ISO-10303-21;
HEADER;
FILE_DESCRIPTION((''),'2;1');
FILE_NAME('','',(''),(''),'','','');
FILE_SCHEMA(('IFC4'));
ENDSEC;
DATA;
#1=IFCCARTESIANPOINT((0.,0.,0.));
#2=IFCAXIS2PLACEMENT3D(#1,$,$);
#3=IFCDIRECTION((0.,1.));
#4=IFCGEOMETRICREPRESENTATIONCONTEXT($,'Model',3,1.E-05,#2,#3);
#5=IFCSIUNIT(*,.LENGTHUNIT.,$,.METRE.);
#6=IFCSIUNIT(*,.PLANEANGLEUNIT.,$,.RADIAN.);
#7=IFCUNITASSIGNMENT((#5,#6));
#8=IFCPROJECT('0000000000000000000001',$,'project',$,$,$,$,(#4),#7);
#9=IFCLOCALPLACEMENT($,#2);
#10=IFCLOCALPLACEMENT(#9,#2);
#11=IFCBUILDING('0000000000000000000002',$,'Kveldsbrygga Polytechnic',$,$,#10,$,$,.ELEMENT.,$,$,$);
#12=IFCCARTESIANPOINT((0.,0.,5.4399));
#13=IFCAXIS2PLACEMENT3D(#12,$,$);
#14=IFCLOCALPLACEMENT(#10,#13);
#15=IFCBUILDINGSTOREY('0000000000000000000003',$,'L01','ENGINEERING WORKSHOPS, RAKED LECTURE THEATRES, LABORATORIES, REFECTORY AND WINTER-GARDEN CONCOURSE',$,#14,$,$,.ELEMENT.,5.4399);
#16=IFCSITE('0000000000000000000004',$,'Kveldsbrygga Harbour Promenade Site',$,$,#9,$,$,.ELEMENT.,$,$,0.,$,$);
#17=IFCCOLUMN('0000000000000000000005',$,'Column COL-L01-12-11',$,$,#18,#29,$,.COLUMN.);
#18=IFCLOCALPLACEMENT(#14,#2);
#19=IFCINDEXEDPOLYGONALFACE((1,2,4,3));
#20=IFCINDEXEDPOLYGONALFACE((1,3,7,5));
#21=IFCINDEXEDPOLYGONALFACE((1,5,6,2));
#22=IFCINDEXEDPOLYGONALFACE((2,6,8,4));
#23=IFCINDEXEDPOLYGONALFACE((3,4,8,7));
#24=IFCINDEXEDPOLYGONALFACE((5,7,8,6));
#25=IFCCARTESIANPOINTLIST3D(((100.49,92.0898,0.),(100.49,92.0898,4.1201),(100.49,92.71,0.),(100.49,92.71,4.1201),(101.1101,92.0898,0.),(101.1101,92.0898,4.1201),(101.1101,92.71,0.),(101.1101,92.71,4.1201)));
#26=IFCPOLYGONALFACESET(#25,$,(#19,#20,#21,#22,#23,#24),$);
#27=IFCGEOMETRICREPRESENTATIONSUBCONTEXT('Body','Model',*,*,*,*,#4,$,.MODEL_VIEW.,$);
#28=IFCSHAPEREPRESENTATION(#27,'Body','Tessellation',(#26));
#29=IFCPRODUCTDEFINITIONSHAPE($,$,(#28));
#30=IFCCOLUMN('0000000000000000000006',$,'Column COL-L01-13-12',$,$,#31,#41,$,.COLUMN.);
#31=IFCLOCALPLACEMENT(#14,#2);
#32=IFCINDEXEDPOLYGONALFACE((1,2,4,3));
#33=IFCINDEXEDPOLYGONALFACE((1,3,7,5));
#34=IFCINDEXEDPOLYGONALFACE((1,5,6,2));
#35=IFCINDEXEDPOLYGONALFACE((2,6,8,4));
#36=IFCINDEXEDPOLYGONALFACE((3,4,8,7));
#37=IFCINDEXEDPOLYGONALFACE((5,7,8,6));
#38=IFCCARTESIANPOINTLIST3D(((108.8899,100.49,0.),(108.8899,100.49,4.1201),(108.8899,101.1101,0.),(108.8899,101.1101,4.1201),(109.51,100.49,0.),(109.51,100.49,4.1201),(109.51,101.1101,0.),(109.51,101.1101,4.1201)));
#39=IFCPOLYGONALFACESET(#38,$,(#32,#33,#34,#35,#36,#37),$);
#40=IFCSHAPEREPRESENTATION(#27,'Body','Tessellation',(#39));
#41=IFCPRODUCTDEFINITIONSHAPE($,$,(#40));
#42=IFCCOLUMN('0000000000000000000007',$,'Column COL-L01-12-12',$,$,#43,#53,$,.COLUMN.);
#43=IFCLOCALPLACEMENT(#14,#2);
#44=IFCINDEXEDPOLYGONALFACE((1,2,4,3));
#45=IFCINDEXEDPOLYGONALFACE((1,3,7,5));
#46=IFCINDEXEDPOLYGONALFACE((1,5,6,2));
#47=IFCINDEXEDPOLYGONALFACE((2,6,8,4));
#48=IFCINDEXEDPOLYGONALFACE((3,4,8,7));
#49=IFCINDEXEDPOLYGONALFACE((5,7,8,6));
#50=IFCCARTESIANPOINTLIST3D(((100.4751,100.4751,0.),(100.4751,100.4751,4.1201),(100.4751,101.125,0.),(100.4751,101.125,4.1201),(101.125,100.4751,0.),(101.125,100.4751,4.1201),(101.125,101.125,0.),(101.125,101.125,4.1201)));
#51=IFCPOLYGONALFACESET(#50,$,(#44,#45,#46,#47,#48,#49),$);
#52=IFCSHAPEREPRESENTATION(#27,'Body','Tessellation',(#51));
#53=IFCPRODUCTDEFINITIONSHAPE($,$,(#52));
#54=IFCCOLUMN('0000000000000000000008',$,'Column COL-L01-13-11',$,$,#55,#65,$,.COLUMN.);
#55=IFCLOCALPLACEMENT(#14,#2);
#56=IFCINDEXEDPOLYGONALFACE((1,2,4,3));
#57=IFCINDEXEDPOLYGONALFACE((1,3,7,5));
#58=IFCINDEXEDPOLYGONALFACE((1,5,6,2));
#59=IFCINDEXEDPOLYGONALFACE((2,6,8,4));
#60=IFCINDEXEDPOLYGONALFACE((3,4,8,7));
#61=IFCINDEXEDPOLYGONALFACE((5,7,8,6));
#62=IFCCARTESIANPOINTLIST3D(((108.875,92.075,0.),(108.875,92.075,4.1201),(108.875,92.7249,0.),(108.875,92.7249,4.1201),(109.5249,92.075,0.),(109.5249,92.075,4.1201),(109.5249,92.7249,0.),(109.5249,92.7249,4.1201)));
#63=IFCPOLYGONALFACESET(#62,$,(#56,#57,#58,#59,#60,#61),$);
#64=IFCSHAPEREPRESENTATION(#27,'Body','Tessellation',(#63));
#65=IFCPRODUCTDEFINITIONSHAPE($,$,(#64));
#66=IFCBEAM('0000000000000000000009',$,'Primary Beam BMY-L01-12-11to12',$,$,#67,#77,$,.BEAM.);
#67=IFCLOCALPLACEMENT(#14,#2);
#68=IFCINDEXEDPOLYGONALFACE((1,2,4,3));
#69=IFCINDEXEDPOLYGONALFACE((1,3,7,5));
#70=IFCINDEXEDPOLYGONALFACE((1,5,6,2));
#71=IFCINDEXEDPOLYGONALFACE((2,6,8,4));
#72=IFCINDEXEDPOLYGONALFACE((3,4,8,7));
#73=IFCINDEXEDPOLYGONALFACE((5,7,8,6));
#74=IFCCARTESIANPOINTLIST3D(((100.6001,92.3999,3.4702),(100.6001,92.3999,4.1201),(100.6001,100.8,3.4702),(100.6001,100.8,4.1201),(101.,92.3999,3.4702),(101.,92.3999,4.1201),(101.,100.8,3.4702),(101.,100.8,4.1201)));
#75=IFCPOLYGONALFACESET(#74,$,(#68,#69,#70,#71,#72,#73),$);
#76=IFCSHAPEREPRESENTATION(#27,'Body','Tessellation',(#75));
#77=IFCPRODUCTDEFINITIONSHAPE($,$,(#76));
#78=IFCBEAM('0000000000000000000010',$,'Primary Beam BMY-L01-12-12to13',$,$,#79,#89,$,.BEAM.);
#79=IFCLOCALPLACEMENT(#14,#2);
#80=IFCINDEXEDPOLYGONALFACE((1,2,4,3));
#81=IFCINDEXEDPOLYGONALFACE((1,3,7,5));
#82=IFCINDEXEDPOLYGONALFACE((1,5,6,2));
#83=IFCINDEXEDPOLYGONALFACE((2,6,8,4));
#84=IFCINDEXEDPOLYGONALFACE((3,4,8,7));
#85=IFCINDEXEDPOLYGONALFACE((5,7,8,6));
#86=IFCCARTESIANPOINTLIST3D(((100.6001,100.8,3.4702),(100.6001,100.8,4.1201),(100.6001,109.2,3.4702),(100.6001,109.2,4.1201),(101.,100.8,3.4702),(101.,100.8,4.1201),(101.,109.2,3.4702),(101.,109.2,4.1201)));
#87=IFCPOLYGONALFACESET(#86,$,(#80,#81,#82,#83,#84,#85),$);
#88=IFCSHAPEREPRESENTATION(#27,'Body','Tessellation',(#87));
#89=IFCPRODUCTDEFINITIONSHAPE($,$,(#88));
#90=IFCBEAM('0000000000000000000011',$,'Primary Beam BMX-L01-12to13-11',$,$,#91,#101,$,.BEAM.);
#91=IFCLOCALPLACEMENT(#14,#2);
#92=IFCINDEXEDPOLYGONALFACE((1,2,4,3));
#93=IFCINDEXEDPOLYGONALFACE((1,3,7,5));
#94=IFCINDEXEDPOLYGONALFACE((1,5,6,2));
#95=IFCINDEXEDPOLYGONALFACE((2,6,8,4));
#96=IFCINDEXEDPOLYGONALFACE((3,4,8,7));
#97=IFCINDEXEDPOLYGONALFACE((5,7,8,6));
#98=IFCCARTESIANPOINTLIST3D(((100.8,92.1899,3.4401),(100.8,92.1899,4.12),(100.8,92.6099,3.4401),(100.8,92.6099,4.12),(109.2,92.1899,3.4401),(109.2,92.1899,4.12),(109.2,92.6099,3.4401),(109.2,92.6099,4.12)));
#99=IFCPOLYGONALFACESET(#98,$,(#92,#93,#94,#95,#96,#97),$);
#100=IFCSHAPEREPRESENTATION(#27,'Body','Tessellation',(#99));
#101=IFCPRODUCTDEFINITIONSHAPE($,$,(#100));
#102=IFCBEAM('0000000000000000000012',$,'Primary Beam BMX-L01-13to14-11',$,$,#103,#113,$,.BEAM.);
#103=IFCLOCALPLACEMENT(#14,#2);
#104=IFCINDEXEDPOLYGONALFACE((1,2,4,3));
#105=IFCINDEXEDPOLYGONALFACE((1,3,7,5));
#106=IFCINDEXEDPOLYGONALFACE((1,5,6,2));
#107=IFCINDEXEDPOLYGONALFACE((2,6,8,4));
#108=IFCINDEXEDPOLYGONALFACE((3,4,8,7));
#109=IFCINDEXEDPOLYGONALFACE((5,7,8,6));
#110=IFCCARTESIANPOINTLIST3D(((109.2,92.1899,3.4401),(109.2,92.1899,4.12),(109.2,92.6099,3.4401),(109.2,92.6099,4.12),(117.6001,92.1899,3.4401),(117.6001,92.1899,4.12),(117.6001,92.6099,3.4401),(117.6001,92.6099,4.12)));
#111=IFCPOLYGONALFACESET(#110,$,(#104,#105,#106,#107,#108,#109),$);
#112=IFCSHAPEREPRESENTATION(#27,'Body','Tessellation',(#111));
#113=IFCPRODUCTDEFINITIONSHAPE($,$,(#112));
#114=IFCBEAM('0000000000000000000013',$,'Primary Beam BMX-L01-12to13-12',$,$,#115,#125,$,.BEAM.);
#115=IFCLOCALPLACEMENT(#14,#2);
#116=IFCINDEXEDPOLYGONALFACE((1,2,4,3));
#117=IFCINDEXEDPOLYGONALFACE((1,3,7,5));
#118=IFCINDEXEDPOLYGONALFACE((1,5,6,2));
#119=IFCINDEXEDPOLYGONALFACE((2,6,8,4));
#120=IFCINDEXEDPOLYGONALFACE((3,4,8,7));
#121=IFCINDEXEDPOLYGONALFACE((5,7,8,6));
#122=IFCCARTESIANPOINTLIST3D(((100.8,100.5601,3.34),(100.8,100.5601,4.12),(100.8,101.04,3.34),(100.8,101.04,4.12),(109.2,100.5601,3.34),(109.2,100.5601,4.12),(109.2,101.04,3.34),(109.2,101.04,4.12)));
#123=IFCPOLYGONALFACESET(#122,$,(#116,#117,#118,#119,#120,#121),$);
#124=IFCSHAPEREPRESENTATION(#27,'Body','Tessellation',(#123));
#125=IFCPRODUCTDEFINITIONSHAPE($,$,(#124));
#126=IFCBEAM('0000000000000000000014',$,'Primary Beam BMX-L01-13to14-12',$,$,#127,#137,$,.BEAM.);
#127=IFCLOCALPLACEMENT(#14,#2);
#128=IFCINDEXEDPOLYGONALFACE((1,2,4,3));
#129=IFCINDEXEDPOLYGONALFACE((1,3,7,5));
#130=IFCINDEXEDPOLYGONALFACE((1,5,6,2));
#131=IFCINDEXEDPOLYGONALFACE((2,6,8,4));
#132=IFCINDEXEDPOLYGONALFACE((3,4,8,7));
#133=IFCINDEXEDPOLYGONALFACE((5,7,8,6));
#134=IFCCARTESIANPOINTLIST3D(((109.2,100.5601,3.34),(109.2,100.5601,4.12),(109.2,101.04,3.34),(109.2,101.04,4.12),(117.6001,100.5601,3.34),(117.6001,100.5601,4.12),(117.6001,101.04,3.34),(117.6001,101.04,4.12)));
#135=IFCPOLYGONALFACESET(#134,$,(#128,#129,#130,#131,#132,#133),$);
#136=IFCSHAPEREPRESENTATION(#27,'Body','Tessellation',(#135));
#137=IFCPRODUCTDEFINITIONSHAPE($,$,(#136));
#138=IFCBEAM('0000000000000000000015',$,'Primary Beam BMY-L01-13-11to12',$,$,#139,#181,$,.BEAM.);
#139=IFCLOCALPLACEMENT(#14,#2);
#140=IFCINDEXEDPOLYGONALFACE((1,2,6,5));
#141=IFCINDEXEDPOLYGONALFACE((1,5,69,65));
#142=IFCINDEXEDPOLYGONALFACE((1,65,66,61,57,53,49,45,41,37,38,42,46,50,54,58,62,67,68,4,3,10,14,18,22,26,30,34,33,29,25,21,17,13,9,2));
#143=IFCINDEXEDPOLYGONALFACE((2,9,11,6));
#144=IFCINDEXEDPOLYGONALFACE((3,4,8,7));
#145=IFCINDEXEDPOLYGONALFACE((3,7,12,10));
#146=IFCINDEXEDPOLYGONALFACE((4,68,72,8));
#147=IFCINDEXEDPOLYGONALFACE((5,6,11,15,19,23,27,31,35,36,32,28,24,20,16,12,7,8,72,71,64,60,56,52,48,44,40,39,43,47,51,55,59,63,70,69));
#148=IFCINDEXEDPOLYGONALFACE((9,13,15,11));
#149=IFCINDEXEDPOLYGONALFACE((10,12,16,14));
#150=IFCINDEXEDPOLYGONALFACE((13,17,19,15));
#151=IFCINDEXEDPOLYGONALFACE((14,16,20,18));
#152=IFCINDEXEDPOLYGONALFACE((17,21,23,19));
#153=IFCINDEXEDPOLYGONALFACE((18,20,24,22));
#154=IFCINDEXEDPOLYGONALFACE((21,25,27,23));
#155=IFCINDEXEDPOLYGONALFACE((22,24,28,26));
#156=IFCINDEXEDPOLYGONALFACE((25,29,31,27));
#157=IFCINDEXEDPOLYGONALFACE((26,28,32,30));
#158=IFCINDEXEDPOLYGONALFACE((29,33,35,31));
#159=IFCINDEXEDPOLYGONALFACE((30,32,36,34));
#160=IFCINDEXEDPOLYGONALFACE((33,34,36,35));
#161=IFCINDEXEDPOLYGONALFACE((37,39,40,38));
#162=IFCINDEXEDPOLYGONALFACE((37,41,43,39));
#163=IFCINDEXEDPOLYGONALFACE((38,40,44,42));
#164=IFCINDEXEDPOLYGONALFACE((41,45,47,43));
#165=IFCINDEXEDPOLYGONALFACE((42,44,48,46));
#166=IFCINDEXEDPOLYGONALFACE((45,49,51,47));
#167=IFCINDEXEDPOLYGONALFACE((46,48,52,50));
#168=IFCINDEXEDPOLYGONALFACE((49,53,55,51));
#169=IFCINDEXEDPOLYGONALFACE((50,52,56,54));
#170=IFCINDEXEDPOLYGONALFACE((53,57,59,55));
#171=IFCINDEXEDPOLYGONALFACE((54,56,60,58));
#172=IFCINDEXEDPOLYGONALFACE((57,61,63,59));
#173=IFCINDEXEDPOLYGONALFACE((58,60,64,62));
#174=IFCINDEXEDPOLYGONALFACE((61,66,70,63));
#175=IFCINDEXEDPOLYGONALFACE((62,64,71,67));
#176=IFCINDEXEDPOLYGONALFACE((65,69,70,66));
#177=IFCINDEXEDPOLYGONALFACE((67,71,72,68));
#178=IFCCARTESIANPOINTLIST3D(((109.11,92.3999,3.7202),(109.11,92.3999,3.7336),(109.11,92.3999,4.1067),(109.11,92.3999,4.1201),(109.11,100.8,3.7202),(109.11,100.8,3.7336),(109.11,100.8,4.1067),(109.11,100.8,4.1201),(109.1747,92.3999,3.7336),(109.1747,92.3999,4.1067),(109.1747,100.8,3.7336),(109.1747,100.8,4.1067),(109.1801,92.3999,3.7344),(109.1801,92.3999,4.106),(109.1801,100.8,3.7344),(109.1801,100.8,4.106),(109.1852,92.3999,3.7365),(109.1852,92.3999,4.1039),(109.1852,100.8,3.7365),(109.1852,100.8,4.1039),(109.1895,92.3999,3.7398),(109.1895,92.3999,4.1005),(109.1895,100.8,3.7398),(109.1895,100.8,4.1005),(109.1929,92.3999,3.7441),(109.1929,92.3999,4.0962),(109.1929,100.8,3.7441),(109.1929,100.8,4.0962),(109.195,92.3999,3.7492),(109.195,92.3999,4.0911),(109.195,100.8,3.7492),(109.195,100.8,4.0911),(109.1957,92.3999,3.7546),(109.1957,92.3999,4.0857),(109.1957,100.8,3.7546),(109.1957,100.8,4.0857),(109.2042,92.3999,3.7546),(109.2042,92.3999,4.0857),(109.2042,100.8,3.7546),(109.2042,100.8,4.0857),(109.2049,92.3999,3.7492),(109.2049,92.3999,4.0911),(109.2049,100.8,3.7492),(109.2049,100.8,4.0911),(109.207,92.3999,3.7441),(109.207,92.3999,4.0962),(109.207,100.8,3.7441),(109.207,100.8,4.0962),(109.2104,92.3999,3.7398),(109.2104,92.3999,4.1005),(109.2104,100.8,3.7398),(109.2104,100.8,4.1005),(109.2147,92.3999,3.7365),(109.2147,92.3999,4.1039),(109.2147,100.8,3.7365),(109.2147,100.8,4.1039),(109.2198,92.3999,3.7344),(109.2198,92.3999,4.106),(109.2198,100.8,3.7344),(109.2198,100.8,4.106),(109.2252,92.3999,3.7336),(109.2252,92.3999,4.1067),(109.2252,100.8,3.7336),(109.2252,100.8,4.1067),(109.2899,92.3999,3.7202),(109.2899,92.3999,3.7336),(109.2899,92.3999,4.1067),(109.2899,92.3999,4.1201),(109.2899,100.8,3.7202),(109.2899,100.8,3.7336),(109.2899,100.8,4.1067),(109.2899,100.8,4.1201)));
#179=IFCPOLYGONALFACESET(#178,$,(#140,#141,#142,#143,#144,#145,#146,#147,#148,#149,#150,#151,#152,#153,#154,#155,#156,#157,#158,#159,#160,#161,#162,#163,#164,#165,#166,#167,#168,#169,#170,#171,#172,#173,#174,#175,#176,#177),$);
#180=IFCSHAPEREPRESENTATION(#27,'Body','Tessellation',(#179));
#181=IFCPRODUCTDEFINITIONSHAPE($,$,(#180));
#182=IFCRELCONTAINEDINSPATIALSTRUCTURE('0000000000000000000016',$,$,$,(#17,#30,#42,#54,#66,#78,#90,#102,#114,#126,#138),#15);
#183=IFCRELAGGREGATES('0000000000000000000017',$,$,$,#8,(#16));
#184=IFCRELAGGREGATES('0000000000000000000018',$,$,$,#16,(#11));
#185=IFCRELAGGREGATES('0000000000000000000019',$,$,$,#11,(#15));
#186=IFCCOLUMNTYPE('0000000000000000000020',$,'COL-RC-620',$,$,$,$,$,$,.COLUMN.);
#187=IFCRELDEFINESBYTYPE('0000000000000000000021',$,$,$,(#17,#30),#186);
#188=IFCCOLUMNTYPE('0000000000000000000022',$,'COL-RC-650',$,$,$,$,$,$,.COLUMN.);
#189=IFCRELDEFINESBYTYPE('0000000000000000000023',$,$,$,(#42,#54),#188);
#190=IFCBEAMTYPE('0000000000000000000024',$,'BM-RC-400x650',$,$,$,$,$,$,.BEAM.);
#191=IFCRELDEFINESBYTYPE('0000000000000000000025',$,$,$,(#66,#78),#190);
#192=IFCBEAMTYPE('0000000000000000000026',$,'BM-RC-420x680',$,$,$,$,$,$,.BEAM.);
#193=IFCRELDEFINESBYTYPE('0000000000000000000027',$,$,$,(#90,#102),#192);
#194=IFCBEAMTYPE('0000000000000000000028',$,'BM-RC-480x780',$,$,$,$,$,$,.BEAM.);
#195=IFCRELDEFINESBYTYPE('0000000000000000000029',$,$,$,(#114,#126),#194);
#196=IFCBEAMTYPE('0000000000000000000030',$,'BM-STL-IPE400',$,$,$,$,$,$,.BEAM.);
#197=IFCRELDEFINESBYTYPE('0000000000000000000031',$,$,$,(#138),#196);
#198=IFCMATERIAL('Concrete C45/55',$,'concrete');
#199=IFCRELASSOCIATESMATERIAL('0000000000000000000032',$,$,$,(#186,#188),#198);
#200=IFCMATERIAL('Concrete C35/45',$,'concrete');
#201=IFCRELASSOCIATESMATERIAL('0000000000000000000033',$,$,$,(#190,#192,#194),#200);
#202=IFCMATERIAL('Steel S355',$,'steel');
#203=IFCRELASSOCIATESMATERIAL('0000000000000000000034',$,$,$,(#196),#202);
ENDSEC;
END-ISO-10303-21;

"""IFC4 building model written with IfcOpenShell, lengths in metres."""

from ifc_helpers import new_model, si_unit, direction, frame, origin, origin_2d, place, context, subcontext, project, spatial, rectangle, i_section, extrude, material, material_profile, profile_set, type_object, element, save


model = new_model("IFC4")

# Units and contexts
model_context = context("Model", 3, precision=1e-05, world=origin(), true_north=direction((0.0, 1.0)))
body_context = subcontext(model_context, "Body", "Model", "MODEL_VIEW")
ifc_project = project(units=[si_unit("LENGTHUNIT", "METRE"), si_unit("PLANEANGLEUNIT", "RADIAN")], contexts=[model_context])

# Site, building, storey
site_placement = place(None, origin())
site = spatial("IfcSite", under=ifc_project, at=site_placement, Name="Kveldsbrygga Harbour Promenade Site", CompositionType="ELEMENT", RefElevation=0.0)
building_placement = place(site_placement, origin())
building = spatial("IfcBuilding", under=site, at=building_placement, Name="Kveldsbrygga Polytechnic", CompositionType="ELEMENT")
storey_placement = place(building_placement, frame((0.0, 0.0, 5.4399)))
storey = spatial("IfcBuildingStorey", under=building, at=storey_placement, Name="L01", Description="ENGINEERING WORKSHOPS, RAKED LECTURE THEATRES, LABORATORIES, REFECTORY AND WINTER-GARDEN CONCOURSE", CompositionType="ELEMENT", Elevation=5.4399)

# Columns
ifc_material_1 = material(Name="Concrete C45/55", Category="concrete")
ifc_material_profile_1 = material_profile(ifc_material_1, rectangle(XDim=0.6201, YDim=0.6201, at=origin_2d()), Name="RC 620x620")
ifc_profile_set_1 = profile_set([ifc_material_profile_1], Name="Concrete C45/55")
column_type_1 = type_object("IfcColumnType", Name="COL-RC-620", PredefinedType="COLUMN", material=ifc_profile_set_1)
for number, where, z_axis, x_axis, name in (
    (1, (100.8, 92.3999, 0.0), (0.0, 0.0, 1.0), (1.0, 0.0, 0.0), "Column COL-L01-12-11"),
    (2, (109.2, 100.8, 0.0), (0.0, 0.0, 1.0), (1.0, 0.0, 0.0), "Column COL-L01-13-12"),
):
    element("IfcColumn", number, at=place(storey_placement, frame(where, z_axis=z_axis, x_axis=x_axis)), inside=storey, type_object=column_type_1, Name=name, PredefinedType="COLUMN", context=body_context, shape_type="SweptSolid", body=[
        extrude(rectangle(XDim=0.6201, YDim=0.6201, at=origin_2d()), origin(), (0.0, 0.0, 1.0), 4.1201),
    ])
ifc_material_profile_2 = material_profile(ifc_material_1, rectangle(XDim=0.6499, YDim=0.6499, at=origin_2d()), Name="RC 650x650")
ifc_profile_set_2 = profile_set([ifc_material_profile_2], Name="Concrete C45/55")
column_type_2 = type_object("IfcColumnType", Name="COL-RC-650", PredefinedType="COLUMN", material=ifc_profile_set_2)
for number, where, z_axis, x_axis, name in (
    (3, (100.8, 100.8, 0.0), (0.0, 0.0, 1.0), (1.0, 0.0, 0.0), "Column COL-L01-12-12"),
    (4, (109.2, 92.3999, 0.0), (0.0, 0.0, 1.0), (1.0, 0.0, 0.0), "Column COL-L01-13-11"),
):
    element("IfcColumn", number, at=place(storey_placement, frame(where, z_axis=z_axis, x_axis=x_axis)), inside=storey, type_object=column_type_2, Name=name, PredefinedType="COLUMN", context=body_context, shape_type="SweptSolid", body=[
        extrude(rectangle(XDim=0.6499, YDim=0.6499, at=origin_2d()), origin(), (0.0, 0.0, 1.0), 4.1201),
    ])

# Beams
ifc_material_2 = material(Name="Concrete C35/45", Category="concrete")
ifc_material_profile_3 = material_profile(ifc_material_2, rectangle(XDim=0.3999, YDim=0.6499, at=origin_2d()), Name="RC 400x650")
ifc_profile_set_3 = profile_set([ifc_material_profile_3], Name="Concrete C35/45")
beam_type_1 = type_object("IfcBeamType", Name="BM-RC-400x650", PredefinedType="BEAM", material=ifc_profile_set_3)
beam_1_placement = place(storey_placement, frame((100.8, 92.3999, 3.7952), z_axis=(0.0, 1.0, 0.0), x_axis=(-1.0, 0.0, 0.0)))
element("IfcBeam", 5, at=beam_1_placement, inside=storey, type_object=beam_type_1, Name="Primary Beam BMY-L01-12-11to12", PredefinedType="BEAM", context=body_context, shape_type="SweptSolid", body=[
    extrude(rectangle(XDim=0.3999, YDim=0.6499, at=origin_2d()), origin(), (0.0, 0.0, 1.0), 8.4001),
])
beam_2_placement = place(storey_placement, frame((100.8, 100.8, 3.7952), z_axis=(0.0, 1.0, 0.0), x_axis=(-1.0, 0.0, 0.0)))
element("IfcBeam", 6, at=beam_2_placement, inside=storey, type_object=beam_type_1, Name="Primary Beam BMY-L01-12-12to13", PredefinedType="BEAM", context=body_context, shape_type="SweptSolid", body=[
    extrude(rectangle(XDim=0.3999, YDim=0.6499, at=origin_2d()), origin(), (0.0, 0.0, 1.0), 8.3999),
])
ifc_material_profile_4 = material_profile(ifc_material_2, rectangle(XDim=0.4199, YDim=0.6799, at=origin_2d()), Name="RC 420x680")
ifc_profile_set_4 = profile_set([ifc_material_profile_4], Name="Concrete C35/45")
beam_type_2 = type_object("IfcBeamType", Name="BM-RC-420x680", PredefinedType="BEAM", material=ifc_profile_set_4)
beam_3_placement = place(storey_placement, frame((100.8, 92.3999, 3.78), z_axis=(1.0, 0.0, 0.0), x_axis=(0.0, 1.0, 0.0)))
element("IfcBeam", 7, at=beam_3_placement, inside=storey, type_object=beam_type_2, Name="Primary Beam BMX-L01-12to13-11", PredefinedType="BEAM", context=body_context, shape_type="SweptSolid", body=[
    extrude(rectangle(XDim=0.4199, YDim=0.6799, at=origin_2d()), origin(), (0.0, 0.0, 1.0), 8.3999),
])
beam_4_placement = place(storey_placement, frame((109.2, 92.3999, 3.78), z_axis=(1.0, 0.0, 0.0), x_axis=(0.0, 1.0, 0.0)))
element("IfcBeam", 8, at=beam_4_placement, inside=storey, type_object=beam_type_2, Name="Primary Beam BMX-L01-13to14-11", PredefinedType="BEAM", context=body_context, shape_type="SweptSolid", body=[
    extrude(rectangle(XDim=0.4199, YDim=0.6799, at=origin_2d()), origin(), (0.0, 0.0, 1.0), 8.4001),
])
ifc_material_profile_5 = material_profile(ifc_material_2, rectangle(XDim=0.48, YDim=0.78, at=origin_2d()), Name="RC 480x780")
ifc_profile_set_5 = profile_set([ifc_material_profile_5], Name="Concrete C35/45")
beam_type_3 = type_object("IfcBeamType", Name="BM-RC-480x780", PredefinedType="BEAM", material=ifc_profile_set_5)
beam_5_placement = place(storey_placement, frame((100.8, 100.8, 3.73), z_axis=(1.0, 0.0, 0.0), x_axis=(0.0, 1.0, 0.0)))
element("IfcBeam", 9, at=beam_5_placement, inside=storey, type_object=beam_type_3, Name="Primary Beam BMX-L01-12to13-12", PredefinedType="BEAM", context=body_context, shape_type="SweptSolid", body=[
    extrude(rectangle(XDim=0.48, YDim=0.78, at=origin_2d()), origin(), (0.0, 0.0, 1.0), 8.3999),
])
beam_6_placement = place(storey_placement, frame((109.2, 100.8, 3.73), z_axis=(1.0, 0.0, 0.0), x_axis=(0.0, 1.0, 0.0)))
element("IfcBeam", 10, at=beam_6_placement, inside=storey, type_object=beam_type_3, Name="Primary Beam BMX-L01-13to14-12", PredefinedType="BEAM", context=body_context, shape_type="SweptSolid", body=[
    extrude(rectangle(XDim=0.48, YDim=0.78, at=origin_2d()), origin(), (0.0, 0.0, 1.0), 8.4001),
])
ifc_material_3 = material(Name="Steel S355", Category="steel")
ifc_material_profile_6 = material_profile(ifc_material_3, i_section(OverallWidth=0.1799, OverallDepth=0.3999, WebThickness=0.0085, FlangeThickness=0.0134, FilletRadius=0.021, at=origin_2d()), Name="IPE 400")
ifc_profile_set_6 = profile_set([ifc_material_profile_6], Name="Steel S355")
beam_type_4 = type_object("IfcBeamType", Name="BM-STL-IPE400", PredefinedType="BEAM", material=ifc_profile_set_6)
beam_7_placement = place(storey_placement, frame((109.2, 92.3999, 3.9202), z_axis=(0.0, 1.0, 0.0), x_axis=(-1.0, 0.0, 0.0)))
element("IfcBeam", 11, at=beam_7_placement, inside=storey, type_object=beam_type_4, Name="Primary Beam BMY-L01-13-11to12", PredefinedType="BEAM", context=body_context, shape_type="SweptSolid", body=[
    extrude(i_section(OverallWidth=0.1799, OverallDepth=0.3999, WebThickness=0.0085, FlangeThickness=0.0134, FilletRadius=0.021, at=origin_2d()), origin(), (0.0, 0.0, 1.0), 8.4001),
])

save(model, "model.ifc")
